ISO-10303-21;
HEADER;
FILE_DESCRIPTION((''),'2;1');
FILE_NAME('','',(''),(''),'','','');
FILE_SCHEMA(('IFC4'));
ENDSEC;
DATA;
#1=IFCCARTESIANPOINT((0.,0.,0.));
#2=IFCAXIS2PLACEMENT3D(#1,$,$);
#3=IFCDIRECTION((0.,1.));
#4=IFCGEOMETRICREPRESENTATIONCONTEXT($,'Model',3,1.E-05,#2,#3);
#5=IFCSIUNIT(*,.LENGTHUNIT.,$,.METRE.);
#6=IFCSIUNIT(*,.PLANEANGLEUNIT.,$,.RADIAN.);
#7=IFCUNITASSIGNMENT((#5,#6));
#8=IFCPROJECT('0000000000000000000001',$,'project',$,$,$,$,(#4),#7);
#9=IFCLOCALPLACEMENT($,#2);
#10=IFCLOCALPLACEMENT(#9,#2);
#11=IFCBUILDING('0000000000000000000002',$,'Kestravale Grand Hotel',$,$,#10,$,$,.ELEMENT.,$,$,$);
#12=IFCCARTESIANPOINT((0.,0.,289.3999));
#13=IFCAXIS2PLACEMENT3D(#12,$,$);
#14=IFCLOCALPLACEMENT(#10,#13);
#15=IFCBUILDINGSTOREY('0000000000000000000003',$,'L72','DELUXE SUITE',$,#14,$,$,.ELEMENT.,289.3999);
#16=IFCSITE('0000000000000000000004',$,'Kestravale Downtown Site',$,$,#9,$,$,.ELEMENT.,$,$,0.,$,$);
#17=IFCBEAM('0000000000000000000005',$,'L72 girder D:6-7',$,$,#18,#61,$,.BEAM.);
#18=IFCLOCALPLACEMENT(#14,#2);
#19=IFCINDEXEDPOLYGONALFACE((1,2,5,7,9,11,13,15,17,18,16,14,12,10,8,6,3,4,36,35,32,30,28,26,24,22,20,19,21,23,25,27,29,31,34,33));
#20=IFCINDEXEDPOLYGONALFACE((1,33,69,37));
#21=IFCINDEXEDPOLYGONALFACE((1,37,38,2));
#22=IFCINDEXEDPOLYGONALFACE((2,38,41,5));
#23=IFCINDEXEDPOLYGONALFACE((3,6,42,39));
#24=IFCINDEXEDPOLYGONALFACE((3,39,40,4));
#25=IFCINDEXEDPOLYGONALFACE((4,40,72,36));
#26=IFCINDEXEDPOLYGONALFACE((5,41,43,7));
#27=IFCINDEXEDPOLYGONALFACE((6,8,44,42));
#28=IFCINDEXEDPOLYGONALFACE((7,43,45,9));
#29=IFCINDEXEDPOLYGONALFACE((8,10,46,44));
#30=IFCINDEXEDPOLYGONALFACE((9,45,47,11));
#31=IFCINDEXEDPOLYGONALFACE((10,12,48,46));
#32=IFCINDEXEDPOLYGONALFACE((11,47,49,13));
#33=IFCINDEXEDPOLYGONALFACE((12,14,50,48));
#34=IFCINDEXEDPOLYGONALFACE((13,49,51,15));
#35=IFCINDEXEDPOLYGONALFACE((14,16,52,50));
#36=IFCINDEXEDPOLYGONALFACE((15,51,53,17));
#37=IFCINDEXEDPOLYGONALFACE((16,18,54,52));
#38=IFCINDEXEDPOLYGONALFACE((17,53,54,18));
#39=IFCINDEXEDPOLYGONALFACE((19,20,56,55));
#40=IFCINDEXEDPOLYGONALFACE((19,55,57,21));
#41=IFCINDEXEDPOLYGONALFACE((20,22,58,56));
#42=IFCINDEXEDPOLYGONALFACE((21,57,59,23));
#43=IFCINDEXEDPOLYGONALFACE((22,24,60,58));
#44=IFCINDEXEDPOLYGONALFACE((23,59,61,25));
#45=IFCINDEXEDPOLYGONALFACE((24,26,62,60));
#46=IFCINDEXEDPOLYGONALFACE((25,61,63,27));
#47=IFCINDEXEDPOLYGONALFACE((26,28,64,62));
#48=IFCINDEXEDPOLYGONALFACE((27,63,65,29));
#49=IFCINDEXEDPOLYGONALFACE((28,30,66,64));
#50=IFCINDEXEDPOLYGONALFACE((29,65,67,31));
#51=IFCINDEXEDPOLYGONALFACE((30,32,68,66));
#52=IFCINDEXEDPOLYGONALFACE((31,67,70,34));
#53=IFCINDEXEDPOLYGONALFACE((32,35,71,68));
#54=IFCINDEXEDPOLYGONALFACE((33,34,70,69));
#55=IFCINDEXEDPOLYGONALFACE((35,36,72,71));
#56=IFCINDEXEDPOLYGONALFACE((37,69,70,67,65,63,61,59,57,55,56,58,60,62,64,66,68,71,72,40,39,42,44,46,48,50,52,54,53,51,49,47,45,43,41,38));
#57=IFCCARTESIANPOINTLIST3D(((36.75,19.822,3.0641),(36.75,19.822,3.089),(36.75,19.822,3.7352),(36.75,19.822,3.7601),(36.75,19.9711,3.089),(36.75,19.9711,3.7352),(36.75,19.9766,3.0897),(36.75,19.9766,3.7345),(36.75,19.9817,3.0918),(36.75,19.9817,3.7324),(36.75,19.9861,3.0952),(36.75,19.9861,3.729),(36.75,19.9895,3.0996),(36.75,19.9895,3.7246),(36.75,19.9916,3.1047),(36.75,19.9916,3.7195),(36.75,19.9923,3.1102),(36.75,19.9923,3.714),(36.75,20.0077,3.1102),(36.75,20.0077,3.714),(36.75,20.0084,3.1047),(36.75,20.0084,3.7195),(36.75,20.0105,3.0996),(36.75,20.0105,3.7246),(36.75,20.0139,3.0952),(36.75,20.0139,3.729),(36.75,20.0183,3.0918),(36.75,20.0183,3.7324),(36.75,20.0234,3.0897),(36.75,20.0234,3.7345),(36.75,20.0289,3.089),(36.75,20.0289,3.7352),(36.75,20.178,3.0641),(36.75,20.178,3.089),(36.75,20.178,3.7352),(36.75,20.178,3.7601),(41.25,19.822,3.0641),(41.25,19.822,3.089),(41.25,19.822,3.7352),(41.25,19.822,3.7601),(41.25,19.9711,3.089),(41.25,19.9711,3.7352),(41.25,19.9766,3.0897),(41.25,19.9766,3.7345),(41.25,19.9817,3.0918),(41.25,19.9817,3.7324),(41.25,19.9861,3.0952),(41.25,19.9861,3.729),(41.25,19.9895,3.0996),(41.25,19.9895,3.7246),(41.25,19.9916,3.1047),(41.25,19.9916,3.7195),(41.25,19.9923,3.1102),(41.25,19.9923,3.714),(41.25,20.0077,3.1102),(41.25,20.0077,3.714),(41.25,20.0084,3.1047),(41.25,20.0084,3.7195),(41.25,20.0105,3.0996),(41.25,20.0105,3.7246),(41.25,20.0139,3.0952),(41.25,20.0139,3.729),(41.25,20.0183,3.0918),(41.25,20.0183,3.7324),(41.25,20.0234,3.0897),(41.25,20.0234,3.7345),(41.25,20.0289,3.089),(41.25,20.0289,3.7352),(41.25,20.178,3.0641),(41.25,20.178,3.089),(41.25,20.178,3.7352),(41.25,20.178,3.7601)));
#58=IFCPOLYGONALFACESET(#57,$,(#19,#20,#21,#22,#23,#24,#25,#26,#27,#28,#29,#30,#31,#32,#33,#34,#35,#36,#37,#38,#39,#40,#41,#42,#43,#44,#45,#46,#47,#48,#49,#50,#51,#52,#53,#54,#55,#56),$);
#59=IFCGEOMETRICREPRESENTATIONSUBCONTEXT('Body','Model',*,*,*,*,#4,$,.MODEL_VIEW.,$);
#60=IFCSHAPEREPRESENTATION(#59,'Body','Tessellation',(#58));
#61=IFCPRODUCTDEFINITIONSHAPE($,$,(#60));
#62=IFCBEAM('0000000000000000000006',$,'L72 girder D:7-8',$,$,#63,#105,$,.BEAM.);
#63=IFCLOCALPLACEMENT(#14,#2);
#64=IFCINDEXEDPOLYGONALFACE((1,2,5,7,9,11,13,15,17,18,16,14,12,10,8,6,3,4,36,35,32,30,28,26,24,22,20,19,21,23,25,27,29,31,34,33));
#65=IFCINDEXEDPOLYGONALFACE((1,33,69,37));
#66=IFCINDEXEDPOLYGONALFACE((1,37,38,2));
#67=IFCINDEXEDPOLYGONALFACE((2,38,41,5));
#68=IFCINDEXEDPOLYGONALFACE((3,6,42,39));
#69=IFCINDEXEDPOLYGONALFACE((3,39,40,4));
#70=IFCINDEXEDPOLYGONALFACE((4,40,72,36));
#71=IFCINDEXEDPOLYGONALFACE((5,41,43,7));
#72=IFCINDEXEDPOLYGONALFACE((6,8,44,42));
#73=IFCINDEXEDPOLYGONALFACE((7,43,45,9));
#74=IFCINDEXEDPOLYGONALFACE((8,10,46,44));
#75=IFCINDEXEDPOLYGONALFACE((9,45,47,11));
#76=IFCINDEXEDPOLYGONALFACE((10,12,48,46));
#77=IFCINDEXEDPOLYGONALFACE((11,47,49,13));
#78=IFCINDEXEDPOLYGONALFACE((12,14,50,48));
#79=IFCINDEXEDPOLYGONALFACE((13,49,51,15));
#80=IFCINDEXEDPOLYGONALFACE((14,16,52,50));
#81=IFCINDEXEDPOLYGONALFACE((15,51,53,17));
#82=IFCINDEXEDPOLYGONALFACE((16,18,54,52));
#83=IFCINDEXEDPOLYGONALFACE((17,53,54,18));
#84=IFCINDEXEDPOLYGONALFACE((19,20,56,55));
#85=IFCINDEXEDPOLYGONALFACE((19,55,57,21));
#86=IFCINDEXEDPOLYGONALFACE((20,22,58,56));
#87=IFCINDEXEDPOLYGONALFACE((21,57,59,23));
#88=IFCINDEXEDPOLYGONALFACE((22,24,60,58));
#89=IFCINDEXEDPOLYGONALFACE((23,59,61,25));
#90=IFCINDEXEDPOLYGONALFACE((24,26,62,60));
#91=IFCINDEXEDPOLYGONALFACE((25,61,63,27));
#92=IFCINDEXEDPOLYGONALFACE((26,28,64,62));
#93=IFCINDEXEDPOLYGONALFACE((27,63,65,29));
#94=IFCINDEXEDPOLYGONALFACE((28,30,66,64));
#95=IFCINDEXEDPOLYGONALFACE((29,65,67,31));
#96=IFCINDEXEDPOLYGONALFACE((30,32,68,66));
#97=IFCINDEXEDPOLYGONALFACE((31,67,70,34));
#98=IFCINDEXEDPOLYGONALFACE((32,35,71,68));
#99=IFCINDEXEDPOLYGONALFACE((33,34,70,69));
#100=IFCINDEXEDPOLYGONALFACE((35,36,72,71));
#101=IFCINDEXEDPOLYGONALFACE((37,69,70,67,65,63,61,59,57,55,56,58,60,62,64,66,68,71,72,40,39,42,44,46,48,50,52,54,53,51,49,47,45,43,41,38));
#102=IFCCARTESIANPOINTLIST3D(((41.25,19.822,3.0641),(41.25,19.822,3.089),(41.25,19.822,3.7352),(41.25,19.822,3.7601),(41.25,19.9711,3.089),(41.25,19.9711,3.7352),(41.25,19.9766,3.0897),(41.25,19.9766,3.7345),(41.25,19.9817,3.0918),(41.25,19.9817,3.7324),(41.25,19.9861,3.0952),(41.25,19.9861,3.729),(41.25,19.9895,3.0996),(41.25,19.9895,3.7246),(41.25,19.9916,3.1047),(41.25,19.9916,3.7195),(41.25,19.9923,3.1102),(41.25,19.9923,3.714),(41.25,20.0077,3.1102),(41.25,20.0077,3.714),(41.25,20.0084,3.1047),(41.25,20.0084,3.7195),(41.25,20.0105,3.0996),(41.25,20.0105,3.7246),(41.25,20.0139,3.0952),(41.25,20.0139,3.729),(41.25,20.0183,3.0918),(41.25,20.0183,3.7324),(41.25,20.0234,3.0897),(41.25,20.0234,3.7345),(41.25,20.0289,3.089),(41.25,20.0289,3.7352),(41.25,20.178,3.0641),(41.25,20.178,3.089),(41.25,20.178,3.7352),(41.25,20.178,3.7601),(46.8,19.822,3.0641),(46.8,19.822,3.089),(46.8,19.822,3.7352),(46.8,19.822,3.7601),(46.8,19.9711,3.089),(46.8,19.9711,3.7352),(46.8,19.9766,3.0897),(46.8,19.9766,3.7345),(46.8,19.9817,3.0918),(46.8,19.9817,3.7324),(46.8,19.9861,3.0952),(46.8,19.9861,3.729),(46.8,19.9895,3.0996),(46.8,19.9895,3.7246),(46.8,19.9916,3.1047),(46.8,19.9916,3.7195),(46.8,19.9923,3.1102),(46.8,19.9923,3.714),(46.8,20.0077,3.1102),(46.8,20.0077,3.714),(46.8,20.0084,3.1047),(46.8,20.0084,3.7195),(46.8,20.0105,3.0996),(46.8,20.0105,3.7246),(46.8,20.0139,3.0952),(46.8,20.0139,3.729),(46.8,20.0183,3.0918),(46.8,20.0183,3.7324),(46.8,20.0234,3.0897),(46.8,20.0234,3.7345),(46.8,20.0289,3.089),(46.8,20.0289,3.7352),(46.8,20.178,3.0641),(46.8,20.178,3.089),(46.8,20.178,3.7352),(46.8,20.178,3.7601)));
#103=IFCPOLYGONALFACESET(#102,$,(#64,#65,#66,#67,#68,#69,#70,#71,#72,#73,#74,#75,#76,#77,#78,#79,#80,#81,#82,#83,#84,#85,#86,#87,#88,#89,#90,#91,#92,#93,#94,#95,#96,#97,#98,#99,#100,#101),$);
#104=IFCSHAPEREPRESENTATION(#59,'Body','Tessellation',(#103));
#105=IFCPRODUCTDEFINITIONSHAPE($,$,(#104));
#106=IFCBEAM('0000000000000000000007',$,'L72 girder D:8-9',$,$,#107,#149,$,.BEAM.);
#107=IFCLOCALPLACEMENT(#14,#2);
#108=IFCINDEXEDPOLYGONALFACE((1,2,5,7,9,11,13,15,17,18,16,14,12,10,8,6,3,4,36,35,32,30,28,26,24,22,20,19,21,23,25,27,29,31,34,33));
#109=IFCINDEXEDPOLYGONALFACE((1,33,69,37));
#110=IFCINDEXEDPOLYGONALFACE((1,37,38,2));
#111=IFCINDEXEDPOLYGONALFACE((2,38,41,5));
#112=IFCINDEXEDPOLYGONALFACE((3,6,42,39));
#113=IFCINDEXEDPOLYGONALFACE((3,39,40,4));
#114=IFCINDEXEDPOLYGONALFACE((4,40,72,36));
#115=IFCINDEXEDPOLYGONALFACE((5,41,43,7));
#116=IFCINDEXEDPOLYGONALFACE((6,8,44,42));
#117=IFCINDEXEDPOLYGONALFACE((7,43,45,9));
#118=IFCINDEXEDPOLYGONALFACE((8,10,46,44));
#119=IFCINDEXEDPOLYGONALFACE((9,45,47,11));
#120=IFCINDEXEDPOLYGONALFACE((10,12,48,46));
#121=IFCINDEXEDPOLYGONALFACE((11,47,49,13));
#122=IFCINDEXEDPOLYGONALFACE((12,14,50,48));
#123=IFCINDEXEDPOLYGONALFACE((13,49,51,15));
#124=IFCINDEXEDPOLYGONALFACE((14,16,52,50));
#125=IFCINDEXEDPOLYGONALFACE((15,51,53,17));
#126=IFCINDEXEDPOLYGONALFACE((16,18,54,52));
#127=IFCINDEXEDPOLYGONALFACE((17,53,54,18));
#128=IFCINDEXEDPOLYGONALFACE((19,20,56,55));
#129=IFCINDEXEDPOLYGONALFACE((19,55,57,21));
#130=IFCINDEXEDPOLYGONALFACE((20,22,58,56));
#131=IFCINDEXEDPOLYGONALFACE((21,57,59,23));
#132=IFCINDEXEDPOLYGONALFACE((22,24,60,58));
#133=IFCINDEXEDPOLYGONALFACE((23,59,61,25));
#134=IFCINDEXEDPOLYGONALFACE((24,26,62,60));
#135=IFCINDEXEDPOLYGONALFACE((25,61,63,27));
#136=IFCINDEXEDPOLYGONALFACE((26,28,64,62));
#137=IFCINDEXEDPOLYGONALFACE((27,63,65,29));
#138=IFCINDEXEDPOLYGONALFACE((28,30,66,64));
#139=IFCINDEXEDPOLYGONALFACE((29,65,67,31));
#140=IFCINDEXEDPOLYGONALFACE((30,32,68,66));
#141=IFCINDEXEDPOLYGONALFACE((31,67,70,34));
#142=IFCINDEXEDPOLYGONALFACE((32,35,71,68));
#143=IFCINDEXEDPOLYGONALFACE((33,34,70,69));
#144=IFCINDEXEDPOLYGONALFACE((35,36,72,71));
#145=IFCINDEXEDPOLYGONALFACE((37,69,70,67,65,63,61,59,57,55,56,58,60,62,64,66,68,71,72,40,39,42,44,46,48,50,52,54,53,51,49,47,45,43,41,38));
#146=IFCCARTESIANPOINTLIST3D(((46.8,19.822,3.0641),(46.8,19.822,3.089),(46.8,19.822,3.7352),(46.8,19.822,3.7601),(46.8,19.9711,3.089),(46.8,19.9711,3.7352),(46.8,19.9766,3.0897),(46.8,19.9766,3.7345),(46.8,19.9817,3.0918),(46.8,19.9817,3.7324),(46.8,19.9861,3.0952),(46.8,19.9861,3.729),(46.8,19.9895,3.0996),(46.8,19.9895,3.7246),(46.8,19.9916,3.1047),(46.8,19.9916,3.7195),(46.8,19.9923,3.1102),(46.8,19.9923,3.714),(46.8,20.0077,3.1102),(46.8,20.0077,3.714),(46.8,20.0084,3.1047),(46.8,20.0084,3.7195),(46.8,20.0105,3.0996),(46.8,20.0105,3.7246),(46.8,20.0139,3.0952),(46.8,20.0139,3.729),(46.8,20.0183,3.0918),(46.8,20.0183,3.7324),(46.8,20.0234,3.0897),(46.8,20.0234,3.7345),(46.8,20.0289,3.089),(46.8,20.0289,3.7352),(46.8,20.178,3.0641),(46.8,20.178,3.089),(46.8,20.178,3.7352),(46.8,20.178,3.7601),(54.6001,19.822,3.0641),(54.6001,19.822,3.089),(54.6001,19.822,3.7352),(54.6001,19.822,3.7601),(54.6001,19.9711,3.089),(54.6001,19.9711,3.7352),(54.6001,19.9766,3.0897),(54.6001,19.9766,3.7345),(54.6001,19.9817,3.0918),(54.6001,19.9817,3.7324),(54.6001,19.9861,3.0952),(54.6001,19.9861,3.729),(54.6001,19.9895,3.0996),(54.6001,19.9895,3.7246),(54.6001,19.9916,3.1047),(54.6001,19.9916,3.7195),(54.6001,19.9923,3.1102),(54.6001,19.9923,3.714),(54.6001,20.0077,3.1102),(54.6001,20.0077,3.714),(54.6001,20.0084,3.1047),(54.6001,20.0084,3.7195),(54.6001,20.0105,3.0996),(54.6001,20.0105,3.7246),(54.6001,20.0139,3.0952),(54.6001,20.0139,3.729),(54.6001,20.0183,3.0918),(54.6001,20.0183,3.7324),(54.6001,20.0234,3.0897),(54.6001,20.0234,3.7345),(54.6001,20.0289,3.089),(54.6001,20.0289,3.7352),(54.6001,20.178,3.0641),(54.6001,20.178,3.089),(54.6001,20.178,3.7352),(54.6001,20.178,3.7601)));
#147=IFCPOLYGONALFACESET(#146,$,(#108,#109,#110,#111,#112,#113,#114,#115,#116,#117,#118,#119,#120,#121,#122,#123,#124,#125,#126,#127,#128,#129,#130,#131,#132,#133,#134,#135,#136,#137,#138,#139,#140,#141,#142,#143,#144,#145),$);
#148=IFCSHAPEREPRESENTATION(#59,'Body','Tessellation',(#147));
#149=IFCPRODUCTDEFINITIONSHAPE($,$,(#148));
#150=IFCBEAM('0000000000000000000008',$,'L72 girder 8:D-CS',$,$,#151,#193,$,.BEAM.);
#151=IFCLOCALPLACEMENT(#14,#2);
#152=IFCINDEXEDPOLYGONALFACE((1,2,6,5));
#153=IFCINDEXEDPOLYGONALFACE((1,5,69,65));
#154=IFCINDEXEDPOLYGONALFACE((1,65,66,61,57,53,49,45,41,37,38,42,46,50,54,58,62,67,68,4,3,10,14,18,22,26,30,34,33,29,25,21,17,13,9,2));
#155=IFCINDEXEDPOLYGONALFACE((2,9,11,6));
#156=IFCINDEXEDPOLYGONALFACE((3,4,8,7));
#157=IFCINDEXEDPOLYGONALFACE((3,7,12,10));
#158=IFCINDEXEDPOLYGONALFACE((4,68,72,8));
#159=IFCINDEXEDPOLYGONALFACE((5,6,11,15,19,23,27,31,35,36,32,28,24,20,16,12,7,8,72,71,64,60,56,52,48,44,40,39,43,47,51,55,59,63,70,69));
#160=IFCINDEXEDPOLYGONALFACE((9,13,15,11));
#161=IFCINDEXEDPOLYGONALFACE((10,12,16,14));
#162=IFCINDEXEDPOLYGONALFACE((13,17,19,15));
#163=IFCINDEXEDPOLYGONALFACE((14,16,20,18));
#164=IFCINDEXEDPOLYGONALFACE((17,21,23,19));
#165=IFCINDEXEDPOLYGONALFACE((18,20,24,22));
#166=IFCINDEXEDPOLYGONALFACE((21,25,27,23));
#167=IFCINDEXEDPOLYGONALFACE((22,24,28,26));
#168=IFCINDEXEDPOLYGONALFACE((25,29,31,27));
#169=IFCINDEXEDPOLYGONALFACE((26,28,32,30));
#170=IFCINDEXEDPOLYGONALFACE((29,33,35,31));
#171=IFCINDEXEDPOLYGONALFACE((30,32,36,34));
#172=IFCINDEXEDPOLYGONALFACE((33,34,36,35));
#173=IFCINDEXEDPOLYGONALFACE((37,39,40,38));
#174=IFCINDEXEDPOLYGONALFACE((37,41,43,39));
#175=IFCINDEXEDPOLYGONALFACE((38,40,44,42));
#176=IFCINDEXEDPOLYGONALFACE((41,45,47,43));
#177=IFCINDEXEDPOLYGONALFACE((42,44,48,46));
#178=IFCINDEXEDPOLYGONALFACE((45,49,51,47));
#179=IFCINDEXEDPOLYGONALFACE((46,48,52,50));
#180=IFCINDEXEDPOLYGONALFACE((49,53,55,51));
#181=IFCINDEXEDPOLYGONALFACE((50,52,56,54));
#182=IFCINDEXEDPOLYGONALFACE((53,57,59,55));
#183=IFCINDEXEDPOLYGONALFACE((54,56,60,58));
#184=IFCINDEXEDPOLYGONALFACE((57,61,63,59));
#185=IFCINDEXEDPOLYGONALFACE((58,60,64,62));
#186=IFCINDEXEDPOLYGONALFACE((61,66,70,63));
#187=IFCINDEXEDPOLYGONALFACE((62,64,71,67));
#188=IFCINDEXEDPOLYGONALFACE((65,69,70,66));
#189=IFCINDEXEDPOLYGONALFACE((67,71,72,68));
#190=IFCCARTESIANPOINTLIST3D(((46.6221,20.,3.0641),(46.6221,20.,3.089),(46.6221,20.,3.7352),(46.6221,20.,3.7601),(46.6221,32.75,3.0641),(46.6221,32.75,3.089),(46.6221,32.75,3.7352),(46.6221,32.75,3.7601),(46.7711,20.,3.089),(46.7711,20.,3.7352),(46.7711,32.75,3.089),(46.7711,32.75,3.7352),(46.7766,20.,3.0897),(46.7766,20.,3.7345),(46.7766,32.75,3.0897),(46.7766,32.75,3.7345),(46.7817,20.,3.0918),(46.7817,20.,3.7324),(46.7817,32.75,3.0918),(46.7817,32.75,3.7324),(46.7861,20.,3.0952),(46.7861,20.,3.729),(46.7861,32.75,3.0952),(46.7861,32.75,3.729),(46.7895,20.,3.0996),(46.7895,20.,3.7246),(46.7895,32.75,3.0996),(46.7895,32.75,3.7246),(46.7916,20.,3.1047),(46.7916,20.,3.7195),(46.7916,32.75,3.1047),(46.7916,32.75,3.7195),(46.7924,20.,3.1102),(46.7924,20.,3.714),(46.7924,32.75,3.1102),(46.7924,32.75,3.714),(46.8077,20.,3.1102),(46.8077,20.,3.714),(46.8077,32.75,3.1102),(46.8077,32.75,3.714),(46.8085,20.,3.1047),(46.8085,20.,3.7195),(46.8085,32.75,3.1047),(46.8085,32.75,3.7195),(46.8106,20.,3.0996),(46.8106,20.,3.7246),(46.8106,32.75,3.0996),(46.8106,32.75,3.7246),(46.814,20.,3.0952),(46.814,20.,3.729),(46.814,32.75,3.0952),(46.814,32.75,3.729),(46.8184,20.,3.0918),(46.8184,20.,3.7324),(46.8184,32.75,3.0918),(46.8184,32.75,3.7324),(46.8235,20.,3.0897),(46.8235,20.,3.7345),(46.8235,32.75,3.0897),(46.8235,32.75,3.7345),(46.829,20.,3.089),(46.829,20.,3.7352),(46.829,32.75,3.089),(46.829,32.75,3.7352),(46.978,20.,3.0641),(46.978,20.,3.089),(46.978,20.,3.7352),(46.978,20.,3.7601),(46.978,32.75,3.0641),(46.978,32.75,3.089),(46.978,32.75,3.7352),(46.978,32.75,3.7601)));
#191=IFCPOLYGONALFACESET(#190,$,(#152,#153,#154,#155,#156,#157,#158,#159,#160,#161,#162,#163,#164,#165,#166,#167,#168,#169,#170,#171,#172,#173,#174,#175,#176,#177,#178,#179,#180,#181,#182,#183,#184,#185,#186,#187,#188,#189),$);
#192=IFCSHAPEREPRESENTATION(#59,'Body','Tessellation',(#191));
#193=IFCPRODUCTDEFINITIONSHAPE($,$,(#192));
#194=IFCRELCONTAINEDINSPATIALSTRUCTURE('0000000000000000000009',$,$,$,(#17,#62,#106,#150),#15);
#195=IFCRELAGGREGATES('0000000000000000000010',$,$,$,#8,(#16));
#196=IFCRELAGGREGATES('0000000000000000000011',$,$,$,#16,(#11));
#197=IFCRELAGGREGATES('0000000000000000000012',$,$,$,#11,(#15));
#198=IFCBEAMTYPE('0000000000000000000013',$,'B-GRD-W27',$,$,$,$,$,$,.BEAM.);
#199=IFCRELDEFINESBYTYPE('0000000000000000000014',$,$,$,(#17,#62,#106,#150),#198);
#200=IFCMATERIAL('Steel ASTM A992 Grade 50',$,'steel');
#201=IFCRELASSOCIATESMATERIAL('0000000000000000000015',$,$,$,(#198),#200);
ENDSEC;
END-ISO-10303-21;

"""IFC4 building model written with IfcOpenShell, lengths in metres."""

from ifc_helpers import new_model, si_unit, direction, frame, origin, origin_2d, place, context, subcontext, project, spatial, i_section, extrude, material, material_profile, profile_set, type_object, element, save


model = new_model("IFC4")

# Units and contexts
model_context = context("Model", 3, precision=1e-05, world=origin(), true_north=direction((0.0, 1.0)))
body_context = subcontext(model_context, "Body", "Model", "MODEL_VIEW")
ifc_project = project(units=[si_unit("LENGTHUNIT", "METRE"), si_unit("PLANEANGLEUNIT", "RADIAN")], contexts=[model_context])

# Site, building, storey
site_placement = place(None, origin())
site = spatial("IfcSite", under=ifc_project, at=site_placement, Name="Kestravale Downtown Site", CompositionType="ELEMENT", RefElevation=0.0)
building_placement = place(site_placement, origin())
building = spatial("IfcBuilding", under=site, at=building_placement, Name="Kestravale Grand Hotel", CompositionType="ELEMENT")
storey_placement = place(building_placement, frame((0.0, 0.0, 289.3999)))
storey = spatial("IfcBuildingStorey", under=building, at=storey_placement, Name="L72", Description="DELUXE SUITE", CompositionType="ELEMENT", Elevation=289.3999)

# Beams
ifc_material_1 = material(Name="Steel ASTM A992 Grade 50", Category="steel")
ifc_material_profile_1 = material_profile(ifc_material_1, i_section(OverallWidth=0.356, OverallDepth=0.696, WebThickness=0.0154, FlangeThickness=0.0249, FilletRadius=0.0212, at=origin_2d()))
ifc_profile_set_1 = profile_set([ifc_material_profile_1], Name="Steel ASTM A992 Grade 50")
beam_type = type_object("IfcBeamType", Name="B-GRD-W27", PredefinedType="BEAM", material=ifc_profile_set_1)
beam_1_placement = place(storey_placement, frame((36.75, 20.0, 3.4121), z_axis=(1.0, 0.0, 0.0), x_axis=(0.0, 1.0, 0.0)))
element("IfcBeam", 1, at=beam_1_placement, inside=storey, type_object=beam_type, Name="L72 girder D:6-7", PredefinedType="BEAM", context=body_context, shape_type="SweptSolid", body=[
    extrude(i_section(OverallWidth=0.356, OverallDepth=0.696, WebThickness=0.0154, FlangeThickness=0.0249, FilletRadius=0.0212, at=origin_2d()), origin(), (0.0, 0.0, 1.0), 4.5),
])
beam_2_placement = place(storey_placement, frame((41.25, 20.0, 3.4121), z_axis=(1.0, 0.0, 0.0), x_axis=(0.0, 1.0, 0.0)))
element("IfcBeam", 2, at=beam_2_placement, inside=storey, type_object=beam_type, Name="L72 girder D:7-8", PredefinedType="BEAM", context=body_context, shape_type="SweptSolid", body=[
    extrude(i_section(OverallWidth=0.356, OverallDepth=0.696, WebThickness=0.0154, FlangeThickness=0.0249, FilletRadius=0.0212, at=origin_2d()), origin(), (0.0, 0.0, 1.0), 5.55),
])
beam_3_placement = place(storey_placement, frame((46.8, 20.0, 3.4121), z_axis=(1.0, 0.0, 0.0), x_axis=(0.0, 1.0, 0.0)))
element("IfcBeam", 3, at=beam_3_placement, inside=storey, type_object=beam_type, Name="L72 girder D:8-9", PredefinedType="BEAM", context=body_context, shape_type="SweptSolid", body=[
    extrude(i_section(OverallWidth=0.356, OverallDepth=0.696, WebThickness=0.0154, FlangeThickness=0.0249, FilletRadius=0.0212, at=origin_2d()), origin(), (0.0, 0.0, 1.0), 7.8),
])
beam_4_placement = place(storey_placement, frame((46.8, 20.0, 3.4121), z_axis=(0.0, 1.0, 0.0), x_axis=(-1.0, 0.0, 0.0)))
element("IfcBeam", 4, at=beam_4_placement, inside=storey, type_object=beam_type, Name="L72 girder 8:D-CS", PredefinedType="BEAM", context=body_context, shape_type="SweptSolid", body=[
    extrude(i_section(OverallWidth=0.356, OverallDepth=0.696, WebThickness=0.0154, FlangeThickness=0.0249, FilletRadius=0.0212, at=origin_2d()), origin(), (0.0, 0.0, 1.0), 12.75),
])

save(model, "model.ifc")
